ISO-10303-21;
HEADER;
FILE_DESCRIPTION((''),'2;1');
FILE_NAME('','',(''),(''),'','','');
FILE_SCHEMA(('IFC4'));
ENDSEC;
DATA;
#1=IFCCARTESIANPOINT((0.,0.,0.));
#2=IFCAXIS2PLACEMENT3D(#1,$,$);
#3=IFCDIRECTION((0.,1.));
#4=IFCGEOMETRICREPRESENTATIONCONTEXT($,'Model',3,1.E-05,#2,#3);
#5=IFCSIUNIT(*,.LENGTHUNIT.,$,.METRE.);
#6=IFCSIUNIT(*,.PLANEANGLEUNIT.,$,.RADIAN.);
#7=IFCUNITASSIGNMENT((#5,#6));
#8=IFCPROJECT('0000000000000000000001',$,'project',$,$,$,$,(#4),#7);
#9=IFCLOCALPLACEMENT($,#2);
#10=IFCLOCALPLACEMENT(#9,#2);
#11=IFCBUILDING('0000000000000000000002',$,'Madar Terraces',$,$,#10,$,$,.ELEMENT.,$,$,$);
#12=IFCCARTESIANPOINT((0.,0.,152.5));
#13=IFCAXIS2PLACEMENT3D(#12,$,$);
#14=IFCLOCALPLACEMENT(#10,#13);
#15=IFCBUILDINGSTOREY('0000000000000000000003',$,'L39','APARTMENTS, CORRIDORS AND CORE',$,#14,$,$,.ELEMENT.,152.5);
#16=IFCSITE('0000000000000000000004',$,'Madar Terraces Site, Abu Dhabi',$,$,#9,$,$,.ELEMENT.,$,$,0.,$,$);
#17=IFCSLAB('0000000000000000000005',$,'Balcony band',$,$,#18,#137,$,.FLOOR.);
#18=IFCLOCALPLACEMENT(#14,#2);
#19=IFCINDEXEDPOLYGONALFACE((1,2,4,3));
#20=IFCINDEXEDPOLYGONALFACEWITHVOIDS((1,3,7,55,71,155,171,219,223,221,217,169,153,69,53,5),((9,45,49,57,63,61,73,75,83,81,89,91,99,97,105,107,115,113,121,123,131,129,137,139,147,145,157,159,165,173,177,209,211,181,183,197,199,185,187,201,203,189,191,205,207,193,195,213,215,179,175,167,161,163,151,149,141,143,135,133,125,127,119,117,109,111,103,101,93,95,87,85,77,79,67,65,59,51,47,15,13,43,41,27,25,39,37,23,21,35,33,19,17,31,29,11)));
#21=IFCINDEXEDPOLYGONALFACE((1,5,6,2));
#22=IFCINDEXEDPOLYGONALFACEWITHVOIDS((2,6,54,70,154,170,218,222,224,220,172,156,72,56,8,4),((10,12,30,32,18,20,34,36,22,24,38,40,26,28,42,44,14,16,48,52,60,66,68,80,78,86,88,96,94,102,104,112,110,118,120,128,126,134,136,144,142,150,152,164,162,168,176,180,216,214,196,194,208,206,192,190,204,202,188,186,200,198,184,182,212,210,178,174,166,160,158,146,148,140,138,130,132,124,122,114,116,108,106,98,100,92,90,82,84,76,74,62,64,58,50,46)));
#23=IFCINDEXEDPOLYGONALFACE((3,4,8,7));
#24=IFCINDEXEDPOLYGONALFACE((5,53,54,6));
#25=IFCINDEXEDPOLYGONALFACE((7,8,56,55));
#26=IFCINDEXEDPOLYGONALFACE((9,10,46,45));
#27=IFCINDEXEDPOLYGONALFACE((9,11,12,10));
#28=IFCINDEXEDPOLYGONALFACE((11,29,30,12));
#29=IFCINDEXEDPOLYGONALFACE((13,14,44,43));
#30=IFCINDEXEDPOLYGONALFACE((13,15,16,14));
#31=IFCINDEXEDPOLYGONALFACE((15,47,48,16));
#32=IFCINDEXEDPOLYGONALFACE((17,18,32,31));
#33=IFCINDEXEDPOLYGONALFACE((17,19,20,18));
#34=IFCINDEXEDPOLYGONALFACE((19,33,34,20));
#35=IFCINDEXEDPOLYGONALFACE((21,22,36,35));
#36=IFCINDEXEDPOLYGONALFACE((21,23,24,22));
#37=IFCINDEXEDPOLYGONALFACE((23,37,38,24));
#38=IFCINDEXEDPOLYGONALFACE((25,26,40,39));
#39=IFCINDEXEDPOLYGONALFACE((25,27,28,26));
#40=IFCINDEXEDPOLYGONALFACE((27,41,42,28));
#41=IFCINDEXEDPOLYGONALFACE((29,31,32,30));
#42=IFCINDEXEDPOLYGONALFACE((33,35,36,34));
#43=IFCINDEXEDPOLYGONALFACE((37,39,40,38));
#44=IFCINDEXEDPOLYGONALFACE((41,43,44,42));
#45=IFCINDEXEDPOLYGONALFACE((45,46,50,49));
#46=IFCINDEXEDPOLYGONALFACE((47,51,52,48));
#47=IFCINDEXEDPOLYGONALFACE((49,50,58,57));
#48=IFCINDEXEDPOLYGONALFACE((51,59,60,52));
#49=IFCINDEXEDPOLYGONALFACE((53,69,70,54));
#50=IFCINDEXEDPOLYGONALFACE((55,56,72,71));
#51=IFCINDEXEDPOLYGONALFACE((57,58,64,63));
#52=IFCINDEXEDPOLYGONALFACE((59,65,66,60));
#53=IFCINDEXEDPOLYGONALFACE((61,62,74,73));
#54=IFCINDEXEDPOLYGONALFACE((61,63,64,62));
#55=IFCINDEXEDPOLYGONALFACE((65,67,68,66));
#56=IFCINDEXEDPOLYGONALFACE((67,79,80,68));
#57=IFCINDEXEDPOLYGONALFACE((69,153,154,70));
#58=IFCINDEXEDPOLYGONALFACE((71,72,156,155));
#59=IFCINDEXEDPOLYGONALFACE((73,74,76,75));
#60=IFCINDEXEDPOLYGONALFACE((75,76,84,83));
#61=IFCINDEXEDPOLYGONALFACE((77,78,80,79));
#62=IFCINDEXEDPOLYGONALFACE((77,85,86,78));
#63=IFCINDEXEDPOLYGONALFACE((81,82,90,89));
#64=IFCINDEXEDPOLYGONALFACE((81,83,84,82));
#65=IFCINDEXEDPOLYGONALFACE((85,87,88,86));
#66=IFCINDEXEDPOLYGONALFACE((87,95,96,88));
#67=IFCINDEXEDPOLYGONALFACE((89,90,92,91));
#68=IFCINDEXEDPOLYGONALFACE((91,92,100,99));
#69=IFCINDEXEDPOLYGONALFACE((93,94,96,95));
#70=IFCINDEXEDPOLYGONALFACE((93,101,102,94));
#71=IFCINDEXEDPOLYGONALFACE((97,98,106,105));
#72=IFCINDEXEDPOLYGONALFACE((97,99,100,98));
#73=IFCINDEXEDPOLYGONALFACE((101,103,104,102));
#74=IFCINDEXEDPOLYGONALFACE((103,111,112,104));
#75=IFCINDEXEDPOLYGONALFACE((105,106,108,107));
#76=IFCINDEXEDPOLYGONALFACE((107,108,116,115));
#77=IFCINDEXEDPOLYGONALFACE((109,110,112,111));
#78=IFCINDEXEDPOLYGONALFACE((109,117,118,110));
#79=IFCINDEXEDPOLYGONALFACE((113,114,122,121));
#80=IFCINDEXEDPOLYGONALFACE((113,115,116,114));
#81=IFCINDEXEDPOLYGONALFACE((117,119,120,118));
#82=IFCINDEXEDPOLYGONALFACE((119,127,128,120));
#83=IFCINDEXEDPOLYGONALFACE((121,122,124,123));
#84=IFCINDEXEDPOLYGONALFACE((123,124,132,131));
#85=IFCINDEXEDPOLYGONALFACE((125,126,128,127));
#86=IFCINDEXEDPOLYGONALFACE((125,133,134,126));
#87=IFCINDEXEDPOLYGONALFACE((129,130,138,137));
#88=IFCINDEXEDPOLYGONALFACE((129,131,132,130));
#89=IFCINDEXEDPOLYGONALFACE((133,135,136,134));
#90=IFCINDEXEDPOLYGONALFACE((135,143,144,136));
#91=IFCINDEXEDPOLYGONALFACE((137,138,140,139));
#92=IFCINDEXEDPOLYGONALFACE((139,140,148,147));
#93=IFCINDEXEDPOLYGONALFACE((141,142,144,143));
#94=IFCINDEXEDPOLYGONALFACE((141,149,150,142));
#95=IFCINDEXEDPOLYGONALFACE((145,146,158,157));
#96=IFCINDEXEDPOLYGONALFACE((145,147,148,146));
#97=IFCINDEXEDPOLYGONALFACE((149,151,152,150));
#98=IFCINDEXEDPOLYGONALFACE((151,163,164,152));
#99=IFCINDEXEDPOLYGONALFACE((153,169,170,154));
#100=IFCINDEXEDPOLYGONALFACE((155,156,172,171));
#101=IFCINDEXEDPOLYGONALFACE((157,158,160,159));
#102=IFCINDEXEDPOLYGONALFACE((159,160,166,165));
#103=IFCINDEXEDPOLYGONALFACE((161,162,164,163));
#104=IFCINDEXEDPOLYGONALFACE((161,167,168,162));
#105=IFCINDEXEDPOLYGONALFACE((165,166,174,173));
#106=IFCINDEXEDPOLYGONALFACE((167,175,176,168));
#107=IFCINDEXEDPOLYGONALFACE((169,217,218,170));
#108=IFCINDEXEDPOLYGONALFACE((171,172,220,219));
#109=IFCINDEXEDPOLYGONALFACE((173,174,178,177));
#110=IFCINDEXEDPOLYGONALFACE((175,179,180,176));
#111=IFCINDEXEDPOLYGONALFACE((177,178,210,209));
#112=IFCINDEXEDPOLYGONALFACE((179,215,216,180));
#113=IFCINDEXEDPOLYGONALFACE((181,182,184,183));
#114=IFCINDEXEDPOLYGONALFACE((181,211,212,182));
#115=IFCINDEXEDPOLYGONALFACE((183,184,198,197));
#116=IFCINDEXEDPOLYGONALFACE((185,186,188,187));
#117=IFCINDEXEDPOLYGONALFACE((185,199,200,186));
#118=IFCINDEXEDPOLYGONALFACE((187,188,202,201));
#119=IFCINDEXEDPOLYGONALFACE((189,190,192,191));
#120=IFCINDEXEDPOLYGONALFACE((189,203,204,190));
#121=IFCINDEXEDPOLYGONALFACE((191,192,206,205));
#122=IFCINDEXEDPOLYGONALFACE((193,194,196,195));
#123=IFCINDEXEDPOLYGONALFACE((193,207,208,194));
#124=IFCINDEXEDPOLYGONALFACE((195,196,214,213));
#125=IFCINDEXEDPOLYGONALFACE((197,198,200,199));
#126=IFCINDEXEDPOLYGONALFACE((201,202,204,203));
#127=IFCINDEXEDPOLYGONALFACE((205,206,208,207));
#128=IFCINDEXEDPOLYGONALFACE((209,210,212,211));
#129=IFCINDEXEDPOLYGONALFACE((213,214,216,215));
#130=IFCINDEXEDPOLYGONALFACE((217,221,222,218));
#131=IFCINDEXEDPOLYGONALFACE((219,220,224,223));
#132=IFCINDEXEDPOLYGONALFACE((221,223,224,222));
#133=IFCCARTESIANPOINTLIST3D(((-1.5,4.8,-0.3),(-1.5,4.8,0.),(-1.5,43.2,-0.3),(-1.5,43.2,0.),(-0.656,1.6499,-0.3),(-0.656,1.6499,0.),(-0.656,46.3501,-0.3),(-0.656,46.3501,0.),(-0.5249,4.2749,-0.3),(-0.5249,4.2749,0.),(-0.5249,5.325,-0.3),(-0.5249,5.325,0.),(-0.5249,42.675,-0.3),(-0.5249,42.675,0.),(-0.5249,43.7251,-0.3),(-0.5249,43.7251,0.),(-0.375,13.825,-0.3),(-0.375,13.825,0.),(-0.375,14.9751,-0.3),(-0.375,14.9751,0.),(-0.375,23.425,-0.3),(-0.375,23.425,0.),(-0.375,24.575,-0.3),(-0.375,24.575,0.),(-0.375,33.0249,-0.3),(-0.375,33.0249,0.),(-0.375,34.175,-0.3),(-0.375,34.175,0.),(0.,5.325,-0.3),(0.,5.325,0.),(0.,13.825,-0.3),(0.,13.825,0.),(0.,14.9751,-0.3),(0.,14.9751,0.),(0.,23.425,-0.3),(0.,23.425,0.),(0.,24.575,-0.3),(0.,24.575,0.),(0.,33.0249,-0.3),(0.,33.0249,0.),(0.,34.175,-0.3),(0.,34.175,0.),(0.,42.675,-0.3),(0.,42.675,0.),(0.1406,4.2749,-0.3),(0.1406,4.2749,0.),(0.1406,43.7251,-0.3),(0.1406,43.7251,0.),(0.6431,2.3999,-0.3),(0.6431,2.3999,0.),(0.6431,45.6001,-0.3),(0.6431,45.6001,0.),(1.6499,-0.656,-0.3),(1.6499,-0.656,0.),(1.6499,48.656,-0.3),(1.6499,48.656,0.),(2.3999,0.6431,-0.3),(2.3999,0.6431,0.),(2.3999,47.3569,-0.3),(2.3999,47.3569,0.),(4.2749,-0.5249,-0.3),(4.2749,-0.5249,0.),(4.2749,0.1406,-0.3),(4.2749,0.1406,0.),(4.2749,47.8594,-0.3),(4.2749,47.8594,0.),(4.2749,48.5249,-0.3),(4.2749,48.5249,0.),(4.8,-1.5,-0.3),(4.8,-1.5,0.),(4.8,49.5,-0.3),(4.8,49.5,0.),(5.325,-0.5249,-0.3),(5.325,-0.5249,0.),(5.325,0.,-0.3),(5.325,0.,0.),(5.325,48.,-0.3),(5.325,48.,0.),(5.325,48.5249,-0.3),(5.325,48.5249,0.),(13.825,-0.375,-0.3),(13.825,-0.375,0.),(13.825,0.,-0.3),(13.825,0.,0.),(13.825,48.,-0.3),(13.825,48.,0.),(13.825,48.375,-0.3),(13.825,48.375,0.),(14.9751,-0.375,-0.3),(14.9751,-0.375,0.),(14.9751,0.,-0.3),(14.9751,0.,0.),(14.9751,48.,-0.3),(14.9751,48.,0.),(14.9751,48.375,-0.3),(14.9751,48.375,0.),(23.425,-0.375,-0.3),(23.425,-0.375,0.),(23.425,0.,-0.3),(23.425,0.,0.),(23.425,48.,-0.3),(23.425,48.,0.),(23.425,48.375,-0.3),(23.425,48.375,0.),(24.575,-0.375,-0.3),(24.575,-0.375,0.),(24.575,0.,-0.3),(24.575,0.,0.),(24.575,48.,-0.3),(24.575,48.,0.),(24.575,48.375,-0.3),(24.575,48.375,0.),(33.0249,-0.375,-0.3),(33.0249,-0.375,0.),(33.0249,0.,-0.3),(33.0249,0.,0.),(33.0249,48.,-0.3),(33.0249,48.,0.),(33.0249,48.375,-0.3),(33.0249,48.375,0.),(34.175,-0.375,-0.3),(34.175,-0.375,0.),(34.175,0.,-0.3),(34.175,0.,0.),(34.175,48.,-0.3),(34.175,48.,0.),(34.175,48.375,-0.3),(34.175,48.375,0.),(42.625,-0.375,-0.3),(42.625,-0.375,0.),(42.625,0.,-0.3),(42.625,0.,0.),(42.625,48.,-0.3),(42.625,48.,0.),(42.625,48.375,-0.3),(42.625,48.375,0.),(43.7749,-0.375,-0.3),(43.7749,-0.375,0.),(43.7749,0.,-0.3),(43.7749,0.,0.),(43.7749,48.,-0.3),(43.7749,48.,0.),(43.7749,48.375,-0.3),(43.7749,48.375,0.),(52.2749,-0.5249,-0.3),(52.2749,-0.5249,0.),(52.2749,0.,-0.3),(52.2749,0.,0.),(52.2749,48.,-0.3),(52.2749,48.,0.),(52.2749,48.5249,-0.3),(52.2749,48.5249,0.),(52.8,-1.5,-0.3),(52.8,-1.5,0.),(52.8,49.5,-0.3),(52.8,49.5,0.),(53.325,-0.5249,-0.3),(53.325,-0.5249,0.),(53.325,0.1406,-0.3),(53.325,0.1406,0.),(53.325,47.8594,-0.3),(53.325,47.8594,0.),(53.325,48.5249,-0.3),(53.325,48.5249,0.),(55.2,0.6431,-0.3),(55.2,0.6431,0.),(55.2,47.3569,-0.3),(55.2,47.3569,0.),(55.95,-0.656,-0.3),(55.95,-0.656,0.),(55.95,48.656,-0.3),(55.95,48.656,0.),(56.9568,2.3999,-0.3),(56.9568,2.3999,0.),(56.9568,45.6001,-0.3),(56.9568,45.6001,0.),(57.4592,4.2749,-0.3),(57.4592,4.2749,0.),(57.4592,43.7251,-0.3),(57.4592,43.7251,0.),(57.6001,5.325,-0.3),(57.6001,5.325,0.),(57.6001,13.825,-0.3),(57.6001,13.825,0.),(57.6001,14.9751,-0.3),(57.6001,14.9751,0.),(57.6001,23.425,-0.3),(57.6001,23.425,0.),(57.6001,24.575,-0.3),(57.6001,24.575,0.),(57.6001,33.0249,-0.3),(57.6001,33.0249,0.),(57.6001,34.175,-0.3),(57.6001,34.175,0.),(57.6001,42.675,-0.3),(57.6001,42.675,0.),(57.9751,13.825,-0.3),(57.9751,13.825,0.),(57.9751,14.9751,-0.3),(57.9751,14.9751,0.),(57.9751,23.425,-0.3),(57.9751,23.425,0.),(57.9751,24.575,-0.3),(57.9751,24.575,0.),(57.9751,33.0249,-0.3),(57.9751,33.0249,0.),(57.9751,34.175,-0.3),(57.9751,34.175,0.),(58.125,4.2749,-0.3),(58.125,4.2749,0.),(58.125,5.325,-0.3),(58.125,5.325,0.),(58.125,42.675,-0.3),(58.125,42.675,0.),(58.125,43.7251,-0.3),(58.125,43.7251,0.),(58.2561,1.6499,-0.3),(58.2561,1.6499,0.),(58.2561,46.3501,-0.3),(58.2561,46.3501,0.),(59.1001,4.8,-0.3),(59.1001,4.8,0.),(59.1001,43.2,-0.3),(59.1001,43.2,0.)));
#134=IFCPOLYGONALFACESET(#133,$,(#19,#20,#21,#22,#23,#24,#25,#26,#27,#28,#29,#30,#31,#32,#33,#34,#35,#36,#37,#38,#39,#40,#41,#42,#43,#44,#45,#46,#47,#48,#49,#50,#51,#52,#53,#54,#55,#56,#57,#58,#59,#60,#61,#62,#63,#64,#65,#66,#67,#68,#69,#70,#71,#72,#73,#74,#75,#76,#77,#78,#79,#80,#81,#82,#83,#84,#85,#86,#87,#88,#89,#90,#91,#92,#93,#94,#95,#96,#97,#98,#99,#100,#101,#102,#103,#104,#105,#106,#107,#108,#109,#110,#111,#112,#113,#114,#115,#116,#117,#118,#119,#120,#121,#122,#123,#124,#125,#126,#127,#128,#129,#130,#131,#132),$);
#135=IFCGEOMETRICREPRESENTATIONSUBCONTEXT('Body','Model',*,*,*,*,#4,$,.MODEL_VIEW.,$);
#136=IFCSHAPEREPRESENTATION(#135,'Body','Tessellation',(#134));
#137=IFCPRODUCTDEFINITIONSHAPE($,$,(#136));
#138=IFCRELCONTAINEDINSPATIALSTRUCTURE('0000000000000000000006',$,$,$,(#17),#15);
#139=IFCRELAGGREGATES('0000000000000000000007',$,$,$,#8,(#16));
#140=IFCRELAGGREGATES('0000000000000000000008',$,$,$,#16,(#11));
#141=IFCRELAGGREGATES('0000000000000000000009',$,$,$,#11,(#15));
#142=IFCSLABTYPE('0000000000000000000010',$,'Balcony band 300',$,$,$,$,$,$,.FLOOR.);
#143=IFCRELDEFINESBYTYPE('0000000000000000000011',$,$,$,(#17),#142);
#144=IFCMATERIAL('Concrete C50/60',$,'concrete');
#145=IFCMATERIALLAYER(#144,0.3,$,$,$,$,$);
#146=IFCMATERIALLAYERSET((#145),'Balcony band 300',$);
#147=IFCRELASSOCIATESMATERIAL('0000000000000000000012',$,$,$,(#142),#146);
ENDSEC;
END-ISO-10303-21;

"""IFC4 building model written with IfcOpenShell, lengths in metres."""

from ifc_helpers import new_model, si_unit, direction, frame, origin, place, context, subcontext, project, spatial, polyline, outline, extrude, material, layer, layer_set, type_object, element, save


model = new_model("IFC4")

# Units and contexts
model_context = context("Model", 3, precision=1e-05, world=origin(), true_north=direction((0.0, 1.0)))
body_context = subcontext(model_context, "Body", "Model", "MODEL_VIEW")
ifc_project = project(units=[si_unit("LENGTHUNIT", "METRE"), si_unit("PLANEANGLEUNIT", "RADIAN")], contexts=[model_context])

# Site, building, storey
site_placement = place(None, origin())
site = spatial("IfcSite", under=ifc_project, at=site_placement, Name="Madar Terraces Site, Abu Dhabi", CompositionType="ELEMENT", RefElevation=0.0)
building_placement = place(site_placement, origin())
building = spatial("IfcBuilding", under=site, at=building_placement, Name="Madar Terraces", CompositionType="ELEMENT")
storey_placement = place(building_placement, frame((0.0, 0.0, 152.5)))
storey = spatial("IfcBuildingStorey", under=building, at=storey_placement, Name="L39", Description="APARTMENTS, CORRIDORS AND CORE", CompositionType="ELEMENT", Elevation=152.5)

# Slab
ifc_material_1 = material(Name="Concrete C50/60", Category="concrete")
ifc_layer_1 = layer(ifc_material_1, 0.3)
ifc_layer_set_1 = layer_set([ifc_layer_1], Name="Balcony band 300")
slab_type_1 = type_object("IfcSlabType", Name="Balcony band 300", PredefinedType="FLOOR", material=ifc_layer_set_1)
slab_1_placement = place(storey_placement, frame((0.0, 0.0, -0.3)))
element("IfcSlab", 1, at=slab_1_placement, inside=storey, type_object=slab_type_1, Name="Balcony band", PredefinedType="FLOOR", context=body_context, shape_type="SweptSolid", body=[
    extrude(outline(polyline([(4.8, -1.5), (1.6499, -0.656), (-0.656, 1.6499), (-1.5, 4.8), (-1.5, 43.2), (-0.656, 46.3501), (1.6499, 48.656), (4.8, 49.5), (52.8, 49.5), (55.95, 48.656), (58.2561, 46.3501), (59.1001, 43.2), (59.1001, 4.8), (58.2561, 1.6499), (55.95, -0.656), (52.8, -1.5), (4.8, -1.5)]), holes=[polyline([(5.325, -0.5249), (5.325, 0.0), (13.825, 0.0), (13.825, -0.375), (14.9751, -0.375), (14.9751, 0.0), (23.425, 0.0), (23.425, -0.375), (24.575, -0.375), (24.575, 0.0), (33.0249, 0.0), (33.0249, -0.375), (34.175, -0.375), (34.175, 0.0), (42.625, 0.0), (42.625, -0.375), (43.7749, -0.375), (43.7749, 0.0), (52.2749, 0.0), (52.2749, -0.5249), (53.325, -0.5249), (53.325, 0.1406), (55.2, 0.6431), (56.9568, 2.3999), (57.4592, 4.2749), (58.125, 4.2749), (58.125, 5.325), (57.6001, 5.325), (57.6001, 13.825), (57.9751, 13.825), (57.9751, 14.9751), (57.6001, 14.9751), (57.6001, 23.425), (57.9751, 23.425), (57.9751, 24.575), (57.6001, 24.575), (57.6001, 33.0249), (57.9751, 33.0249), (57.9751, 34.175), (57.6001, 34.175), (57.6001, 42.675), (58.125, 42.675), (58.125, 43.7251), (57.4592, 43.7251), (56.9568, 45.6001), (55.2, 47.3569), (53.325, 47.8594), (53.325, 48.5249), (52.2749, 48.5249), (52.2749, 48.0), (43.7749, 48.0), (43.7749, 48.375), (42.625, 48.375), (42.625, 48.0), (34.175, 48.0), (34.175, 48.375), (33.0249, 48.375), (33.0249, 48.0), (24.575, 48.0), (24.575, 48.375), (23.425, 48.375), (23.425, 48.0), (14.9751, 48.0), (14.9751, 48.375), (13.825, 48.375), (13.825, 48.0), (5.325, 48.0), (5.325, 48.5249), (4.2749, 48.5249), (4.2749, 47.8594), (2.3999, 47.3569), (0.6431, 45.6001), (0.1406, 43.7251), (-0.5249, 43.7251), (-0.5249, 42.675), (0.0, 42.675), (0.0, 34.175), (-0.375, 34.175), (-0.375, 33.0249), (0.0, 33.0249), (0.0, 24.575), (-0.375, 24.575), (-0.375, 23.425), (0.0, 23.425), (0.0, 14.9751), (-0.375, 14.9751), (-0.375, 13.825), (0.0, 13.825), (0.0, 5.325), (-0.5249, 5.325), (-0.5249, 4.2749), (0.1406, 4.2749), (0.6431, 2.3999), (2.3999, 0.6431), (4.2749, 0.1406), (4.2749, -0.5249), (5.325, -0.5249)])]), origin(), (0.0, 0.0, 1.0), 0.3),
])

save(model, "model.ifc")
